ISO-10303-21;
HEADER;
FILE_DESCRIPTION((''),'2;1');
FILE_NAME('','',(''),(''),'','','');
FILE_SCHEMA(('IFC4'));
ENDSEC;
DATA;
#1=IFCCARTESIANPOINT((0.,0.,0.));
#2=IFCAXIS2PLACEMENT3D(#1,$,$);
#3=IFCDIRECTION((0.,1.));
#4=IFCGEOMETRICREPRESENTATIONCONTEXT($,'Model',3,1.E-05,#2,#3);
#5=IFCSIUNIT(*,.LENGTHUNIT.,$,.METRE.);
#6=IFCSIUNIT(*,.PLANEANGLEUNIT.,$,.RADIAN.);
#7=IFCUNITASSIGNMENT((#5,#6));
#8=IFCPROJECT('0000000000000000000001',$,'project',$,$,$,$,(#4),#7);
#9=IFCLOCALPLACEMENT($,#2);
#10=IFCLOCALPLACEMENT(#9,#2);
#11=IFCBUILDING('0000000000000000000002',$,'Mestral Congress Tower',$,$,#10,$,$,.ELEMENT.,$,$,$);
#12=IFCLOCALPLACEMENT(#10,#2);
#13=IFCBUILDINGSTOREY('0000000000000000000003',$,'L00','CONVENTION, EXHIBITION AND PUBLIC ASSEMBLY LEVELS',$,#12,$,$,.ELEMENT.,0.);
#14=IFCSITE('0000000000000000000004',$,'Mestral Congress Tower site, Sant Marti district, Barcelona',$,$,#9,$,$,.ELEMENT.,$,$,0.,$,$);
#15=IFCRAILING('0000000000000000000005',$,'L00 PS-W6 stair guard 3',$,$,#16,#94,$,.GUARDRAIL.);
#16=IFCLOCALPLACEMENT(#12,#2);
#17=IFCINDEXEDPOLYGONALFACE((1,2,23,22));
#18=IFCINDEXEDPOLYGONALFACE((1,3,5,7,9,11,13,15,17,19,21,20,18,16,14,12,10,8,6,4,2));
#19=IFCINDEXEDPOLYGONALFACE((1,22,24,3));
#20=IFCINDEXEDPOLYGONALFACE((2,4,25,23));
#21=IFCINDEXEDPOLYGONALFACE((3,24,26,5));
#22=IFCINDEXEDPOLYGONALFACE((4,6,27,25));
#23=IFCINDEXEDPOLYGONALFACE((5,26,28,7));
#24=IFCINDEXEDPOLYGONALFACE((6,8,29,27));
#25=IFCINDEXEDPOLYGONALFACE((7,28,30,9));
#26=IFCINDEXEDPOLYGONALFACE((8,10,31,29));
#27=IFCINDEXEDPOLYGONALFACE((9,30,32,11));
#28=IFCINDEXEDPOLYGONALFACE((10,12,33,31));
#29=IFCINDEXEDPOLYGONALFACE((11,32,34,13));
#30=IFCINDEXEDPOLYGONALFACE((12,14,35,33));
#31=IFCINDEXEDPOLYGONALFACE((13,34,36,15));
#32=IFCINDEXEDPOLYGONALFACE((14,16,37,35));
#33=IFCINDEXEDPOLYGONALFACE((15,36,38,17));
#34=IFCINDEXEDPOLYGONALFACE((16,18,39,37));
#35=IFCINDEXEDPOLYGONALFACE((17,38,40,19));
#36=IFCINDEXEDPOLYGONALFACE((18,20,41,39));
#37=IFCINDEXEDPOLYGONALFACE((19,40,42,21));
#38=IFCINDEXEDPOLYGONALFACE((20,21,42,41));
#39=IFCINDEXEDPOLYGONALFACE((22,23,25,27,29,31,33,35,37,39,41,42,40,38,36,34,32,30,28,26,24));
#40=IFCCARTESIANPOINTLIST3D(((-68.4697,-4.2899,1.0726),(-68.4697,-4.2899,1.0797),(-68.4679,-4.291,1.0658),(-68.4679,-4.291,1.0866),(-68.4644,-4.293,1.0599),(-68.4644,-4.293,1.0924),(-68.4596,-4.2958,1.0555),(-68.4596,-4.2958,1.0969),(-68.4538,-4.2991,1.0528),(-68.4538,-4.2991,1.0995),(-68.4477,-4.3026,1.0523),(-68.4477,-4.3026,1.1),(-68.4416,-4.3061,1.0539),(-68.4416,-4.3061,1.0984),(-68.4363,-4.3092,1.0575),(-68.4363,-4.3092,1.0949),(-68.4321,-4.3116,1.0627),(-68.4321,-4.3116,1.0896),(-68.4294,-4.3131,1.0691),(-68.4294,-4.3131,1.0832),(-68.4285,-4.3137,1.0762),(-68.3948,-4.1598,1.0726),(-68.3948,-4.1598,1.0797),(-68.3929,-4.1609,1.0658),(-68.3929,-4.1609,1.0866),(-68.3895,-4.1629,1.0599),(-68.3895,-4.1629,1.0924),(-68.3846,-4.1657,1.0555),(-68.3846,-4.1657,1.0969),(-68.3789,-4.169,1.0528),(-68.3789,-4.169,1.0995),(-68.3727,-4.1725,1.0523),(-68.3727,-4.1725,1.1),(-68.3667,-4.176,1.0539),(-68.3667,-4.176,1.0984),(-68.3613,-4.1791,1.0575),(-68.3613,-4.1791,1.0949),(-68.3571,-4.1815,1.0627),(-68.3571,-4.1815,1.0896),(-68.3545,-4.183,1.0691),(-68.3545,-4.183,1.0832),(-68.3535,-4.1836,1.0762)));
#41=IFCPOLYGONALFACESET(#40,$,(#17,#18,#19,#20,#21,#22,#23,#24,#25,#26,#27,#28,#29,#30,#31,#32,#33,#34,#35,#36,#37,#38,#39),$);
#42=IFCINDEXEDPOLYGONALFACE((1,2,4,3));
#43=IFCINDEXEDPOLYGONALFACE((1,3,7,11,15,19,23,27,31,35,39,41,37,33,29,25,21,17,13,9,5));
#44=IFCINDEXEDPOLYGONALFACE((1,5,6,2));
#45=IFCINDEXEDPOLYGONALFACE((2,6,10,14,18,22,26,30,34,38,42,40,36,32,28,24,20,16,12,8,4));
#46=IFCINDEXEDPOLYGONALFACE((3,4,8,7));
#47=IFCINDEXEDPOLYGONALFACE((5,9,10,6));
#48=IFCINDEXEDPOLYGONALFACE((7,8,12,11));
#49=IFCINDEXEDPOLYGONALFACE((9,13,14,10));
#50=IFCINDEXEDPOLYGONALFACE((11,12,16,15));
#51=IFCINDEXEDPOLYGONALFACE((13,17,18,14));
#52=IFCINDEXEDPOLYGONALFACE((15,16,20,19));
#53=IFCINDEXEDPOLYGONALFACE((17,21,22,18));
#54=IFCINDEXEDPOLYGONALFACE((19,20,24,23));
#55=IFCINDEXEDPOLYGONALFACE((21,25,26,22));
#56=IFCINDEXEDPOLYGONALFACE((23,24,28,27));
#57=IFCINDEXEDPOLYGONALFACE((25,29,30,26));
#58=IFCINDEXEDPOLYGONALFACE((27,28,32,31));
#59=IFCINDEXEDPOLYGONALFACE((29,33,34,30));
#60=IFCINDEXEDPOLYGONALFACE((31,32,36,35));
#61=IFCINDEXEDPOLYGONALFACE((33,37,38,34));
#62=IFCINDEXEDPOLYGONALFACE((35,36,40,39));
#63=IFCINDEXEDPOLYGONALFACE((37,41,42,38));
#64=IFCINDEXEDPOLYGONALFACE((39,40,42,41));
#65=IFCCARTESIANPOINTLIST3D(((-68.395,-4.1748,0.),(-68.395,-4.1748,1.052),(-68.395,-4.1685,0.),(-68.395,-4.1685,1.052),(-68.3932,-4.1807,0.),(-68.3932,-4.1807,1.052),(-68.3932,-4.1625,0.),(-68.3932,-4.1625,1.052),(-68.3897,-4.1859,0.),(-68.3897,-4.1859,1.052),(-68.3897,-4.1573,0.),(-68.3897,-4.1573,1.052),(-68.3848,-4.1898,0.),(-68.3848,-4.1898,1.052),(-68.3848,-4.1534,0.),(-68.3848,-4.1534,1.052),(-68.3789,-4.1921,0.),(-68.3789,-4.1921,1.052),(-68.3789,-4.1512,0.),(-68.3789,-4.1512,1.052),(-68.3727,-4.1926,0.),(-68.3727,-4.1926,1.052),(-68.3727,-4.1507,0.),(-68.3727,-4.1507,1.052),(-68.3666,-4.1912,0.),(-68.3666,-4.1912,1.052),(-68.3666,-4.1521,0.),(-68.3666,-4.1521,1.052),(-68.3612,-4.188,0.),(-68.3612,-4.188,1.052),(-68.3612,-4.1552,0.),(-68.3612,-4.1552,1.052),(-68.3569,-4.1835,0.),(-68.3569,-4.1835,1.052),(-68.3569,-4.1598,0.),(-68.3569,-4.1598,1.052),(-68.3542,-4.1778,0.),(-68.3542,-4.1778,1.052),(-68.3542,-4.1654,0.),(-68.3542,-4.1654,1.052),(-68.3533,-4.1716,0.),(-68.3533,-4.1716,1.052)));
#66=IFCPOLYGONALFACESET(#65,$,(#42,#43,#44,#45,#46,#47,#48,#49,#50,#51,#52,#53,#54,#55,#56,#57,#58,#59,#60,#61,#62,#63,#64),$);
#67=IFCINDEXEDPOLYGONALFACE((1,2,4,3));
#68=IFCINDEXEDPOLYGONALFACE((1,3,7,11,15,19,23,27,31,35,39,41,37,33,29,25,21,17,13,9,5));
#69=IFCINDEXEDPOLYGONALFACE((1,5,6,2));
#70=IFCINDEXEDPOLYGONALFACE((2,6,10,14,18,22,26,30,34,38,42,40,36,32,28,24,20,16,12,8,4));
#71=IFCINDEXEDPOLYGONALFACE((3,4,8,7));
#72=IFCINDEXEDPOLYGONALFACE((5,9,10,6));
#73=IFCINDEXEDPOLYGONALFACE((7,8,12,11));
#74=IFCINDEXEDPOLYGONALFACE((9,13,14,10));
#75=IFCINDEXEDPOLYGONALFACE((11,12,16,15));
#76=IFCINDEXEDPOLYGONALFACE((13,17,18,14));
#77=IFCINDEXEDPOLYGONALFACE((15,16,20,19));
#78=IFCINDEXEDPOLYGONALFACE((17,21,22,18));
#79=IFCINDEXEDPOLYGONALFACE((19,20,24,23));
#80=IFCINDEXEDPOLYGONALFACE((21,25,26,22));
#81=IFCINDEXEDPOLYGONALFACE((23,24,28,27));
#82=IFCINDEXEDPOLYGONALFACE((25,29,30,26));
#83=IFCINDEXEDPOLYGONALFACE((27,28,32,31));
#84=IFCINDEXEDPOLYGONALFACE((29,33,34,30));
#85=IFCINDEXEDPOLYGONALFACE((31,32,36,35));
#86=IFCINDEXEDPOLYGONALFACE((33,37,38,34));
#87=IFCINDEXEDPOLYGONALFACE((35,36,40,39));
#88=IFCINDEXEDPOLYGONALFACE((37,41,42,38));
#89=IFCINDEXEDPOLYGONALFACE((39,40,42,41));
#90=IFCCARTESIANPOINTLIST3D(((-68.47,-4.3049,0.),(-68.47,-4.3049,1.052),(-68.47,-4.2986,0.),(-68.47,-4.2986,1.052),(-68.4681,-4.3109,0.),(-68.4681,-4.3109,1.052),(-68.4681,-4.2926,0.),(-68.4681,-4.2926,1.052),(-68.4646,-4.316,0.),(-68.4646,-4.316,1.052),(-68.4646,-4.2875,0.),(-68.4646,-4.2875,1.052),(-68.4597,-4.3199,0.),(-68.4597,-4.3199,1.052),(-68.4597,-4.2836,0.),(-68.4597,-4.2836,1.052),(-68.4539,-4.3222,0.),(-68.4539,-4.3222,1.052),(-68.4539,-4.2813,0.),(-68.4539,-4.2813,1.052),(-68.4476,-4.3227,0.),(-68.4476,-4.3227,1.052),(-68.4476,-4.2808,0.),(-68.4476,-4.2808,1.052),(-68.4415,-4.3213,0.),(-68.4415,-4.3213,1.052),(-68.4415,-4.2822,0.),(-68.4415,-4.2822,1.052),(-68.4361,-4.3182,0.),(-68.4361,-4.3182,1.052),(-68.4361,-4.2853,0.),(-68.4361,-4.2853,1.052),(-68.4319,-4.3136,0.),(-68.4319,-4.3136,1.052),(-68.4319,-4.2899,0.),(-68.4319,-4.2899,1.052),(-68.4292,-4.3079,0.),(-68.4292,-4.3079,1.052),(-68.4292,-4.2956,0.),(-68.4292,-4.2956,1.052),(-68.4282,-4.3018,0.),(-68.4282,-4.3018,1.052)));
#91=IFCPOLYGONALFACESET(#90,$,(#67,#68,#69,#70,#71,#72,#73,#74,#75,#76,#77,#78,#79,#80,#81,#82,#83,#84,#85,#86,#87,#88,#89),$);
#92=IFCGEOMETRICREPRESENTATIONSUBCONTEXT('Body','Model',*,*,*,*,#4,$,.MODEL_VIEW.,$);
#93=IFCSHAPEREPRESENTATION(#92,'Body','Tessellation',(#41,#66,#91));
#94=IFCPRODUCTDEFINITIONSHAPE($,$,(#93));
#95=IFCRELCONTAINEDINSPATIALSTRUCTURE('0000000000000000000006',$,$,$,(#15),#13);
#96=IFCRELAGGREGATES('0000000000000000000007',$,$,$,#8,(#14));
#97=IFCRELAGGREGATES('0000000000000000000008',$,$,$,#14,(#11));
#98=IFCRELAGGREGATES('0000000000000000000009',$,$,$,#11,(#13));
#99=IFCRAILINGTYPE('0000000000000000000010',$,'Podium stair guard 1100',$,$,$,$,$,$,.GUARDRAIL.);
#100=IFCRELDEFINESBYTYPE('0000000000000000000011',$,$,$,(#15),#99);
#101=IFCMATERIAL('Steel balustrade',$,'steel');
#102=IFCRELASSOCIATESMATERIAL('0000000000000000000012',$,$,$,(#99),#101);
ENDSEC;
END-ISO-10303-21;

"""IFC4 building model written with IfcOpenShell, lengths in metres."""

from ifc_helpers import new_model, si_unit, direction, frame, origin, origin_2d, place, context, subcontext, project, spatial, circle, extrude, material, type_object, element, save


model = new_model("IFC4")

# Units and contexts
model_context = context("Model", 3, precision=1e-05, world=origin(), true_north=direction((0.0, 1.0)))
body_context = subcontext(model_context, "Body", "Model", "MODEL_VIEW")
ifc_project = project(units=[si_unit("LENGTHUNIT", "METRE"), si_unit("PLANEANGLEUNIT", "RADIAN")], contexts=[model_context])

# Site, building, storey
site_placement = place(None, origin())
site = spatial("IfcSite", under=ifc_project, at=site_placement, Name="Mestral Congress Tower site, Sant Marti district, Barcelona", CompositionType="ELEMENT", RefElevation=0.0)
building_placement = place(site_placement, origin())
building = spatial("IfcBuilding", under=site, at=building_placement, Name="Mestral Congress Tower", CompositionType="ELEMENT")
storey_placement = place(building_placement, origin())
storey = spatial("IfcBuildingStorey", under=building, at=storey_placement, Name="L00", Description="CONVENTION, EXHIBITION AND PUBLIC ASSEMBLY LEVELS", CompositionType="ELEMENT", Elevation=0.0)

# Railing
ifc_material_1 = material(Name="Steel balustrade", Category="steel")
railing_type_1 = type_object("IfcRailingType", Name="Podium stair guard 1100", PredefinedType="GUARDRAIL", material=ifc_material_1)
railing_1_placement = place(storey_placement, frame((-68.3743, -4.1716, 0.0)))
element("IfcRailing", 1, at=railing_1_placement, inside=storey, type_object=railing_type_1, Name="L00 PS-W6 stair guard 3", PredefinedType="GUARDRAIL", context=body_context, shape_type="SweptSolid", body=[
    extrude(circle(Radius=0.0239, at=origin_2d()), frame((0.0, 0.0, 1.0762), z_axis=(-0.499112, -0.866537, 0.0), x_axis=(0.866537, -0.499112, 0.0)), (0.0, 0.0, 1.0), 0.1501),
    extrude(circle(Radius=0.021, at=origin_2d()), origin(), (0.0, 0.0, 1.0), 1.052),
    extrude(circle(Radius=0.021, at=origin_2d()), frame((-0.075, -0.1301, 0.0)), (0.0, 0.0, 1.0), 1.052),
])

save(model, "model.ifc")
